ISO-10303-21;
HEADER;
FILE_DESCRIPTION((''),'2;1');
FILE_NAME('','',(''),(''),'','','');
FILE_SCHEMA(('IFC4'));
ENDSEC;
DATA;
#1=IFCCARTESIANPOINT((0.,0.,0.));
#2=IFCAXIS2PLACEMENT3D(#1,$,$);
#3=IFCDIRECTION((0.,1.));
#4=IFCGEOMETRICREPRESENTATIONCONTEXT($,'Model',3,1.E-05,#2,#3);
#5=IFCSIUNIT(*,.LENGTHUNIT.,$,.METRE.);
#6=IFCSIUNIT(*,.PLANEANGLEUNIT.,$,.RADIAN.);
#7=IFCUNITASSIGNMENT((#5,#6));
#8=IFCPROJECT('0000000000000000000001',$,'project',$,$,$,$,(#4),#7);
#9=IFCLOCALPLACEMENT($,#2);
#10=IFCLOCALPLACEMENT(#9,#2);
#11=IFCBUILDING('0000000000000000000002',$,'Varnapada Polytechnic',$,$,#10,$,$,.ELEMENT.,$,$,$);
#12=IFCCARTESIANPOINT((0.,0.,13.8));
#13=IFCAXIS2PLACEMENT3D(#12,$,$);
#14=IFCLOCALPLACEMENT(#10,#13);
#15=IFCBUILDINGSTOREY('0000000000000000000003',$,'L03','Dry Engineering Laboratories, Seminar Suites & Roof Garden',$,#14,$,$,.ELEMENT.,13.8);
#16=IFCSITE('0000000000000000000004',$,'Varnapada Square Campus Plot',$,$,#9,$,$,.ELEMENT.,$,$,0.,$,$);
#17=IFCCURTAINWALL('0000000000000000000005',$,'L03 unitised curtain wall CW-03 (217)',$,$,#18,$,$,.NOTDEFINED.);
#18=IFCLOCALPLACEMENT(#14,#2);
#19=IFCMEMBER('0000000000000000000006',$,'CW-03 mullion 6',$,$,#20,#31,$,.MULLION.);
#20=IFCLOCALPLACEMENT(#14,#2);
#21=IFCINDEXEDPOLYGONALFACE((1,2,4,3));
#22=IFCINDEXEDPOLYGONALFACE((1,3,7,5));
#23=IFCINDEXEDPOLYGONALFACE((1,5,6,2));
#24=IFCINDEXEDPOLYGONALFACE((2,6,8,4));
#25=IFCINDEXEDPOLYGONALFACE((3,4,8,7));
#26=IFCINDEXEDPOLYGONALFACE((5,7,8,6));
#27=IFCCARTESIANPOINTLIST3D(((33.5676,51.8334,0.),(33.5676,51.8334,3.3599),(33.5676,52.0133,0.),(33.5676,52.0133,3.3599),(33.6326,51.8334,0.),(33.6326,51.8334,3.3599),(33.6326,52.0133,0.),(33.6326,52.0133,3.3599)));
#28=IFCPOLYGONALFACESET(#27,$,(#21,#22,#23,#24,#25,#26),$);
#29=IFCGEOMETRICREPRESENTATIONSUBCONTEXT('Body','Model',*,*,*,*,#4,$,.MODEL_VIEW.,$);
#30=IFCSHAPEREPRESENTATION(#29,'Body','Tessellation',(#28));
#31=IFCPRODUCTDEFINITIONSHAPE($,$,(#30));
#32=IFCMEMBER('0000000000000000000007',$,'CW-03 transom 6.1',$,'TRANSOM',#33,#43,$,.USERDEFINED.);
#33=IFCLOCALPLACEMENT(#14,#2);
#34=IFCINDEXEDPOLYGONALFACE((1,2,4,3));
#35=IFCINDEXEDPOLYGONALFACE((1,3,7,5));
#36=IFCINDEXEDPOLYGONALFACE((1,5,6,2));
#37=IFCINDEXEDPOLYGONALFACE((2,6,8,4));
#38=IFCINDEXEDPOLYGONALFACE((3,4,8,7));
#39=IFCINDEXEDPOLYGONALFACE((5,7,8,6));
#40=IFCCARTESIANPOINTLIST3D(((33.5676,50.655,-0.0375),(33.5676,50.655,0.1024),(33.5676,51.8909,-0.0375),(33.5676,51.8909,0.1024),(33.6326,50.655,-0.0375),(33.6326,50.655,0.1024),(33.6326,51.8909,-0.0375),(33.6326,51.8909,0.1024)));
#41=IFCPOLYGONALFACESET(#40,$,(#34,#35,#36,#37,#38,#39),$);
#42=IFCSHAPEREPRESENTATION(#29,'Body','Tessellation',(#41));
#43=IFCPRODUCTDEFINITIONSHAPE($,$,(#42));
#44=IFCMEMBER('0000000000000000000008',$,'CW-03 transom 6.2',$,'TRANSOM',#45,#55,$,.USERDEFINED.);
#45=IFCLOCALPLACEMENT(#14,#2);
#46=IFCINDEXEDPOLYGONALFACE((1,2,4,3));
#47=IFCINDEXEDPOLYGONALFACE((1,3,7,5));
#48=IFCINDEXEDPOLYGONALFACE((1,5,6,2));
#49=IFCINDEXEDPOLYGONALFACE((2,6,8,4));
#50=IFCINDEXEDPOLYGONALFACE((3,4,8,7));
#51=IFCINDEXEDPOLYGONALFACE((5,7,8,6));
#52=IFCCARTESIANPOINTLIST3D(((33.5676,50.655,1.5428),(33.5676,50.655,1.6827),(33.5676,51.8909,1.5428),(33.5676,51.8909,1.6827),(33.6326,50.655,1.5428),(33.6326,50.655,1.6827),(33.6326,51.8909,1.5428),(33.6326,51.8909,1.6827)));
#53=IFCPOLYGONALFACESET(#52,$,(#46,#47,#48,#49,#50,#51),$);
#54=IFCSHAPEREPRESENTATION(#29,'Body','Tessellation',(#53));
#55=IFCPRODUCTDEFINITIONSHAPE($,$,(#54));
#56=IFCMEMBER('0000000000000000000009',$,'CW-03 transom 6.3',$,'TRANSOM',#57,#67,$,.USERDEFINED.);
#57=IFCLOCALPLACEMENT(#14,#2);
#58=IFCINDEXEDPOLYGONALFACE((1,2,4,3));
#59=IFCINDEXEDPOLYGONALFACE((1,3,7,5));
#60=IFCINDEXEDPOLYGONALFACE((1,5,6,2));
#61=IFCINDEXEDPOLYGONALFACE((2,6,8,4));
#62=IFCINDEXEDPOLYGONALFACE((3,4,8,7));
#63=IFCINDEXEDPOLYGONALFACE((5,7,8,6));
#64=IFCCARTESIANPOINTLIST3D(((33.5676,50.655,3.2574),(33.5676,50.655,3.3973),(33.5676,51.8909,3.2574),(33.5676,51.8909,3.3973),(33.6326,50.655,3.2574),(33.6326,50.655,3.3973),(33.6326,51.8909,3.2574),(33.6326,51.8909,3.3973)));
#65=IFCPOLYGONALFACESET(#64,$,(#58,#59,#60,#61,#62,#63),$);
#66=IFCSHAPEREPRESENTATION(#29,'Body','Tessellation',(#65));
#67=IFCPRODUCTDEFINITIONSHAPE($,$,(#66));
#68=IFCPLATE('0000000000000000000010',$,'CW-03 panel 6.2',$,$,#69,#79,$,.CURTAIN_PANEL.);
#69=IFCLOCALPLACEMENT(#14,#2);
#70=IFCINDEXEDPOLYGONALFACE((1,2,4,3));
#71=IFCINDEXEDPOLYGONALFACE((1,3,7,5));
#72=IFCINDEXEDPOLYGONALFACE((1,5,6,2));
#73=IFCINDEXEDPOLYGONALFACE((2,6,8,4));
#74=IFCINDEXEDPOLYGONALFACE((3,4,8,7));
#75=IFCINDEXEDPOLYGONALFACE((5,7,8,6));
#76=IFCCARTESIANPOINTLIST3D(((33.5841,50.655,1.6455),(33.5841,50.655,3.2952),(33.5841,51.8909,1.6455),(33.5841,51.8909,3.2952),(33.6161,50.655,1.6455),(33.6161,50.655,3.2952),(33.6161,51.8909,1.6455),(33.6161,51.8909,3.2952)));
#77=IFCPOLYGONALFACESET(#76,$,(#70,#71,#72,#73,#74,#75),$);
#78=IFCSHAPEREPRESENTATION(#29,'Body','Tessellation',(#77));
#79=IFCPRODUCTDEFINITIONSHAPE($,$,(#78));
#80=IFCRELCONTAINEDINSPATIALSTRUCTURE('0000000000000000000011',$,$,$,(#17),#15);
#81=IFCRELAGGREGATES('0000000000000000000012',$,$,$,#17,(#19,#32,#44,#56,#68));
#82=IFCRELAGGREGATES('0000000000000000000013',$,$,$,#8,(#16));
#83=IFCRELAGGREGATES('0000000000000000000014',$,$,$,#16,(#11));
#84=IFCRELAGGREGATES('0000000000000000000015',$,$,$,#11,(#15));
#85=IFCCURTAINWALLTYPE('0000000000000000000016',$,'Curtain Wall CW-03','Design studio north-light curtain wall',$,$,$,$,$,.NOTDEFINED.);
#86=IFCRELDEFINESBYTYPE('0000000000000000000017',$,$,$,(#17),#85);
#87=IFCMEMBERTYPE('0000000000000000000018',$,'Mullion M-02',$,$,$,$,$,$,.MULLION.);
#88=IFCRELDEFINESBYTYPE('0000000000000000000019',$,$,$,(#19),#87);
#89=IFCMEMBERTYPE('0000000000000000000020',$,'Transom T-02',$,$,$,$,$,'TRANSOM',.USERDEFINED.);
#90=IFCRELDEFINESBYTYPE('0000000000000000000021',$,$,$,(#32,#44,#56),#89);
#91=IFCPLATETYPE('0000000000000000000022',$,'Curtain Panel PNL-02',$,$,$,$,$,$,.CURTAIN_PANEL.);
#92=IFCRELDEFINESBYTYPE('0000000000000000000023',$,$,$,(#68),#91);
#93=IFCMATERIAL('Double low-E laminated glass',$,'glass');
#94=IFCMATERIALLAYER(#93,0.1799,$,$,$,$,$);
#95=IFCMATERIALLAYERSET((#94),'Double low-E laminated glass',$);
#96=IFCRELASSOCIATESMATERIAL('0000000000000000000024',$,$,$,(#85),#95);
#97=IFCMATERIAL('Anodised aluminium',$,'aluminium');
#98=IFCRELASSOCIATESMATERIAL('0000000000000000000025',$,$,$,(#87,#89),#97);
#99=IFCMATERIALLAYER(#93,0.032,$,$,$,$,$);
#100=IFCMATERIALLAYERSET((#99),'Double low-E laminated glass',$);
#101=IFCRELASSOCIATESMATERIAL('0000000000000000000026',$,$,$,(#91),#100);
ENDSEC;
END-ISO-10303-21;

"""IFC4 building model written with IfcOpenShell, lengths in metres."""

from ifc_helpers import new_model, si_unit, direction, frame, origin, origin_2d, place, context, subcontext, project, spatial, rectangle, extrude, material, layer, layer_set, material_profile, profile_set, type_object, element, aggregate, save


model = new_model("IFC4")

# Units and contexts
model_context = context("Model", 3, precision=1e-05, world=origin(), true_north=direction((0.0, 1.0)))
body_context = subcontext(model_context, "Body", "Model", "MODEL_VIEW")
ifc_project = project(units=[si_unit("LENGTHUNIT", "METRE"), si_unit("PLANEANGLEUNIT", "RADIAN")], contexts=[model_context])

# Site, building, storey
site_placement = place(None, origin())
site = spatial("IfcSite", under=ifc_project, at=site_placement, Name="Varnapada Square Campus Plot", CompositionType="ELEMENT", RefElevation=0.0)
building_placement = place(site_placement, origin())
building = spatial("IfcBuilding", under=site, at=building_placement, Name="Varnapada Polytechnic", CompositionType="ELEMENT")
storey_placement = place(building_placement, frame((0.0, 0.0, 13.8)))
storey = spatial("IfcBuildingStorey", under=building, at=storey_placement, Name="L03", Description="Dry Engineering Laboratories, Seminar Suites & Roof Garden", CompositionType="ELEMENT", Elevation=13.8)

# Curtain wall, members, plate
ifc_material_1 = material(Name="Double low-E laminated glass", Category="glass")
ifc_layer_1 = layer(ifc_material_1, 0.1799)
ifc_layer_set_1 = layer_set([ifc_layer_1], Name="Double low-E laminated glass")
curtain_wall_type = type_object("IfcCurtainWallType", Name="Curtain Wall CW-03", Description="Design studio north-light curtain wall", PredefinedType="NOTDEFINED", material=ifc_layer_set_1)
curtain_wall_placement = place(storey_placement, origin())
curtain_wall = element("IfcCurtainWall", 1, at=curtain_wall_placement, inside=storey, type_object=curtain_wall_type, Name="L03 unitised curtain wall CW-03 (217)", PredefinedType="NOTDEFINED")
ifc_material_2 = material(Name="Anodised aluminium", Category="aluminium")
ifc_material_profile_1 = material_profile(ifc_material_2, rectangle(XDim=0.0649, YDim=0.1799, at=origin_2d()), Name="ALU M65x180")
ifc_profile_set_1 = profile_set([ifc_material_profile_1], Name="Anodised aluminium")
member_type_1 = type_object("IfcMemberType", Name="Mullion M-02", PredefinedType="MULLION", material=ifc_profile_set_1)
member_1_placement = place(storey_placement, frame((33.6001, 51.9233, 0.0), z_axis=(0.0, 0.0, 1.0), x_axis=(1.0, 0.0, 0.0)))
member_1 = element("IfcMember", 2, at=member_1_placement, type_object=member_type_1, Name="CW-03 mullion 6", PredefinedType="MULLION", context=body_context, shape_type="SweptSolid", body=[
    extrude(rectangle(XDim=0.0649, YDim=0.1799, at=origin_2d()), origin(), (0.0, 0.0, 1.0), 3.3599),
])
ifc_material_profile_2 = material_profile(ifc_material_2, rectangle(XDim=0.0649, YDim=0.1399, at=origin_2d()), Name="ALU T65x140")
ifc_profile_set_2 = profile_set([ifc_material_profile_2], Name="Anodised aluminium")
member_type_2 = type_object("IfcMemberType", Name="Transom T-02", ElementType="TRANSOM", PredefinedType="USERDEFINED", material=ifc_profile_set_2)
member_2_placement = place(storey_placement, frame((33.6001, 51.8909, 0.0325), z_axis=(0.0, -1.0, 0.0), x_axis=(1.0, 0.0, 0.0)))
member_2 = element("IfcMember", 3, at=member_2_placement, type_object=member_type_2, Name="CW-03 transom 6.1", ObjectType="TRANSOM", PredefinedType="USERDEFINED", context=body_context, shape_type="SweptSolid", body=[
    extrude(rectangle(XDim=0.0649, YDim=0.1399, at=origin_2d()), origin(), (0.0, 0.0, 1.0), 1.2358),
])
member_3_placement = place(storey_placement, frame((33.6001, 51.8909, 1.6128), z_axis=(0.0, -1.0, 0.0), x_axis=(1.0, 0.0, 0.0)))
member_3 = element("IfcMember", 4, at=member_3_placement, type_object=member_type_2, Name="CW-03 transom 6.2", ObjectType="TRANSOM", PredefinedType="USERDEFINED", context=body_context, shape_type="SweptSolid", body=[
    extrude(rectangle(XDim=0.0649, YDim=0.1399, at=origin_2d()), origin(), (0.0, 0.0, 1.0), 1.2358),
])
member_4_placement = place(storey_placement, frame((33.6001, 51.8909, 3.3274), z_axis=(0.0, -1.0, 0.0), x_axis=(1.0, 0.0, 0.0)))
member_4 = element("IfcMember", 5, at=member_4_placement, type_object=member_type_2, Name="CW-03 transom 6.3", ObjectType="TRANSOM", PredefinedType="USERDEFINED", context=body_context, shape_type="SweptSolid", body=[
    extrude(rectangle(XDim=0.0649, YDim=0.1399, at=origin_2d()), origin(), (0.0, 0.0, 1.0), 1.2358),
])
ifc_layer_2 = layer(ifc_material_1, 0.032)
ifc_layer_set_2 = layer_set([ifc_layer_2], Name="Double low-E laminated glass")
plate_type = type_object("IfcPlateType", Name="Curtain Panel PNL-02", PredefinedType="CURTAIN_PANEL", material=ifc_layer_set_2)
plate_placement = place(storey_placement, frame((33.6001, 51.2729, 1.6455), z_axis=(0.0, 0.0, 1.0), x_axis=(0.0, -1.0, 0.0)))
plate = element("IfcPlate", 6, at=plate_placement, type_object=plate_type, Name="CW-03 panel 6.2", PredefinedType="CURTAIN_PANEL", context=body_context, shape_type="SweptSolid", body=[
    extrude(rectangle(XDim=1.2358, YDim=0.032, at=origin_2d()), origin(), (0.0, 0.0, 1.0), 1.6497),
])
aggregate(curtain_wall, [member_1, member_2, member_3, member_4, plate])

save(model, "model.ifc")
